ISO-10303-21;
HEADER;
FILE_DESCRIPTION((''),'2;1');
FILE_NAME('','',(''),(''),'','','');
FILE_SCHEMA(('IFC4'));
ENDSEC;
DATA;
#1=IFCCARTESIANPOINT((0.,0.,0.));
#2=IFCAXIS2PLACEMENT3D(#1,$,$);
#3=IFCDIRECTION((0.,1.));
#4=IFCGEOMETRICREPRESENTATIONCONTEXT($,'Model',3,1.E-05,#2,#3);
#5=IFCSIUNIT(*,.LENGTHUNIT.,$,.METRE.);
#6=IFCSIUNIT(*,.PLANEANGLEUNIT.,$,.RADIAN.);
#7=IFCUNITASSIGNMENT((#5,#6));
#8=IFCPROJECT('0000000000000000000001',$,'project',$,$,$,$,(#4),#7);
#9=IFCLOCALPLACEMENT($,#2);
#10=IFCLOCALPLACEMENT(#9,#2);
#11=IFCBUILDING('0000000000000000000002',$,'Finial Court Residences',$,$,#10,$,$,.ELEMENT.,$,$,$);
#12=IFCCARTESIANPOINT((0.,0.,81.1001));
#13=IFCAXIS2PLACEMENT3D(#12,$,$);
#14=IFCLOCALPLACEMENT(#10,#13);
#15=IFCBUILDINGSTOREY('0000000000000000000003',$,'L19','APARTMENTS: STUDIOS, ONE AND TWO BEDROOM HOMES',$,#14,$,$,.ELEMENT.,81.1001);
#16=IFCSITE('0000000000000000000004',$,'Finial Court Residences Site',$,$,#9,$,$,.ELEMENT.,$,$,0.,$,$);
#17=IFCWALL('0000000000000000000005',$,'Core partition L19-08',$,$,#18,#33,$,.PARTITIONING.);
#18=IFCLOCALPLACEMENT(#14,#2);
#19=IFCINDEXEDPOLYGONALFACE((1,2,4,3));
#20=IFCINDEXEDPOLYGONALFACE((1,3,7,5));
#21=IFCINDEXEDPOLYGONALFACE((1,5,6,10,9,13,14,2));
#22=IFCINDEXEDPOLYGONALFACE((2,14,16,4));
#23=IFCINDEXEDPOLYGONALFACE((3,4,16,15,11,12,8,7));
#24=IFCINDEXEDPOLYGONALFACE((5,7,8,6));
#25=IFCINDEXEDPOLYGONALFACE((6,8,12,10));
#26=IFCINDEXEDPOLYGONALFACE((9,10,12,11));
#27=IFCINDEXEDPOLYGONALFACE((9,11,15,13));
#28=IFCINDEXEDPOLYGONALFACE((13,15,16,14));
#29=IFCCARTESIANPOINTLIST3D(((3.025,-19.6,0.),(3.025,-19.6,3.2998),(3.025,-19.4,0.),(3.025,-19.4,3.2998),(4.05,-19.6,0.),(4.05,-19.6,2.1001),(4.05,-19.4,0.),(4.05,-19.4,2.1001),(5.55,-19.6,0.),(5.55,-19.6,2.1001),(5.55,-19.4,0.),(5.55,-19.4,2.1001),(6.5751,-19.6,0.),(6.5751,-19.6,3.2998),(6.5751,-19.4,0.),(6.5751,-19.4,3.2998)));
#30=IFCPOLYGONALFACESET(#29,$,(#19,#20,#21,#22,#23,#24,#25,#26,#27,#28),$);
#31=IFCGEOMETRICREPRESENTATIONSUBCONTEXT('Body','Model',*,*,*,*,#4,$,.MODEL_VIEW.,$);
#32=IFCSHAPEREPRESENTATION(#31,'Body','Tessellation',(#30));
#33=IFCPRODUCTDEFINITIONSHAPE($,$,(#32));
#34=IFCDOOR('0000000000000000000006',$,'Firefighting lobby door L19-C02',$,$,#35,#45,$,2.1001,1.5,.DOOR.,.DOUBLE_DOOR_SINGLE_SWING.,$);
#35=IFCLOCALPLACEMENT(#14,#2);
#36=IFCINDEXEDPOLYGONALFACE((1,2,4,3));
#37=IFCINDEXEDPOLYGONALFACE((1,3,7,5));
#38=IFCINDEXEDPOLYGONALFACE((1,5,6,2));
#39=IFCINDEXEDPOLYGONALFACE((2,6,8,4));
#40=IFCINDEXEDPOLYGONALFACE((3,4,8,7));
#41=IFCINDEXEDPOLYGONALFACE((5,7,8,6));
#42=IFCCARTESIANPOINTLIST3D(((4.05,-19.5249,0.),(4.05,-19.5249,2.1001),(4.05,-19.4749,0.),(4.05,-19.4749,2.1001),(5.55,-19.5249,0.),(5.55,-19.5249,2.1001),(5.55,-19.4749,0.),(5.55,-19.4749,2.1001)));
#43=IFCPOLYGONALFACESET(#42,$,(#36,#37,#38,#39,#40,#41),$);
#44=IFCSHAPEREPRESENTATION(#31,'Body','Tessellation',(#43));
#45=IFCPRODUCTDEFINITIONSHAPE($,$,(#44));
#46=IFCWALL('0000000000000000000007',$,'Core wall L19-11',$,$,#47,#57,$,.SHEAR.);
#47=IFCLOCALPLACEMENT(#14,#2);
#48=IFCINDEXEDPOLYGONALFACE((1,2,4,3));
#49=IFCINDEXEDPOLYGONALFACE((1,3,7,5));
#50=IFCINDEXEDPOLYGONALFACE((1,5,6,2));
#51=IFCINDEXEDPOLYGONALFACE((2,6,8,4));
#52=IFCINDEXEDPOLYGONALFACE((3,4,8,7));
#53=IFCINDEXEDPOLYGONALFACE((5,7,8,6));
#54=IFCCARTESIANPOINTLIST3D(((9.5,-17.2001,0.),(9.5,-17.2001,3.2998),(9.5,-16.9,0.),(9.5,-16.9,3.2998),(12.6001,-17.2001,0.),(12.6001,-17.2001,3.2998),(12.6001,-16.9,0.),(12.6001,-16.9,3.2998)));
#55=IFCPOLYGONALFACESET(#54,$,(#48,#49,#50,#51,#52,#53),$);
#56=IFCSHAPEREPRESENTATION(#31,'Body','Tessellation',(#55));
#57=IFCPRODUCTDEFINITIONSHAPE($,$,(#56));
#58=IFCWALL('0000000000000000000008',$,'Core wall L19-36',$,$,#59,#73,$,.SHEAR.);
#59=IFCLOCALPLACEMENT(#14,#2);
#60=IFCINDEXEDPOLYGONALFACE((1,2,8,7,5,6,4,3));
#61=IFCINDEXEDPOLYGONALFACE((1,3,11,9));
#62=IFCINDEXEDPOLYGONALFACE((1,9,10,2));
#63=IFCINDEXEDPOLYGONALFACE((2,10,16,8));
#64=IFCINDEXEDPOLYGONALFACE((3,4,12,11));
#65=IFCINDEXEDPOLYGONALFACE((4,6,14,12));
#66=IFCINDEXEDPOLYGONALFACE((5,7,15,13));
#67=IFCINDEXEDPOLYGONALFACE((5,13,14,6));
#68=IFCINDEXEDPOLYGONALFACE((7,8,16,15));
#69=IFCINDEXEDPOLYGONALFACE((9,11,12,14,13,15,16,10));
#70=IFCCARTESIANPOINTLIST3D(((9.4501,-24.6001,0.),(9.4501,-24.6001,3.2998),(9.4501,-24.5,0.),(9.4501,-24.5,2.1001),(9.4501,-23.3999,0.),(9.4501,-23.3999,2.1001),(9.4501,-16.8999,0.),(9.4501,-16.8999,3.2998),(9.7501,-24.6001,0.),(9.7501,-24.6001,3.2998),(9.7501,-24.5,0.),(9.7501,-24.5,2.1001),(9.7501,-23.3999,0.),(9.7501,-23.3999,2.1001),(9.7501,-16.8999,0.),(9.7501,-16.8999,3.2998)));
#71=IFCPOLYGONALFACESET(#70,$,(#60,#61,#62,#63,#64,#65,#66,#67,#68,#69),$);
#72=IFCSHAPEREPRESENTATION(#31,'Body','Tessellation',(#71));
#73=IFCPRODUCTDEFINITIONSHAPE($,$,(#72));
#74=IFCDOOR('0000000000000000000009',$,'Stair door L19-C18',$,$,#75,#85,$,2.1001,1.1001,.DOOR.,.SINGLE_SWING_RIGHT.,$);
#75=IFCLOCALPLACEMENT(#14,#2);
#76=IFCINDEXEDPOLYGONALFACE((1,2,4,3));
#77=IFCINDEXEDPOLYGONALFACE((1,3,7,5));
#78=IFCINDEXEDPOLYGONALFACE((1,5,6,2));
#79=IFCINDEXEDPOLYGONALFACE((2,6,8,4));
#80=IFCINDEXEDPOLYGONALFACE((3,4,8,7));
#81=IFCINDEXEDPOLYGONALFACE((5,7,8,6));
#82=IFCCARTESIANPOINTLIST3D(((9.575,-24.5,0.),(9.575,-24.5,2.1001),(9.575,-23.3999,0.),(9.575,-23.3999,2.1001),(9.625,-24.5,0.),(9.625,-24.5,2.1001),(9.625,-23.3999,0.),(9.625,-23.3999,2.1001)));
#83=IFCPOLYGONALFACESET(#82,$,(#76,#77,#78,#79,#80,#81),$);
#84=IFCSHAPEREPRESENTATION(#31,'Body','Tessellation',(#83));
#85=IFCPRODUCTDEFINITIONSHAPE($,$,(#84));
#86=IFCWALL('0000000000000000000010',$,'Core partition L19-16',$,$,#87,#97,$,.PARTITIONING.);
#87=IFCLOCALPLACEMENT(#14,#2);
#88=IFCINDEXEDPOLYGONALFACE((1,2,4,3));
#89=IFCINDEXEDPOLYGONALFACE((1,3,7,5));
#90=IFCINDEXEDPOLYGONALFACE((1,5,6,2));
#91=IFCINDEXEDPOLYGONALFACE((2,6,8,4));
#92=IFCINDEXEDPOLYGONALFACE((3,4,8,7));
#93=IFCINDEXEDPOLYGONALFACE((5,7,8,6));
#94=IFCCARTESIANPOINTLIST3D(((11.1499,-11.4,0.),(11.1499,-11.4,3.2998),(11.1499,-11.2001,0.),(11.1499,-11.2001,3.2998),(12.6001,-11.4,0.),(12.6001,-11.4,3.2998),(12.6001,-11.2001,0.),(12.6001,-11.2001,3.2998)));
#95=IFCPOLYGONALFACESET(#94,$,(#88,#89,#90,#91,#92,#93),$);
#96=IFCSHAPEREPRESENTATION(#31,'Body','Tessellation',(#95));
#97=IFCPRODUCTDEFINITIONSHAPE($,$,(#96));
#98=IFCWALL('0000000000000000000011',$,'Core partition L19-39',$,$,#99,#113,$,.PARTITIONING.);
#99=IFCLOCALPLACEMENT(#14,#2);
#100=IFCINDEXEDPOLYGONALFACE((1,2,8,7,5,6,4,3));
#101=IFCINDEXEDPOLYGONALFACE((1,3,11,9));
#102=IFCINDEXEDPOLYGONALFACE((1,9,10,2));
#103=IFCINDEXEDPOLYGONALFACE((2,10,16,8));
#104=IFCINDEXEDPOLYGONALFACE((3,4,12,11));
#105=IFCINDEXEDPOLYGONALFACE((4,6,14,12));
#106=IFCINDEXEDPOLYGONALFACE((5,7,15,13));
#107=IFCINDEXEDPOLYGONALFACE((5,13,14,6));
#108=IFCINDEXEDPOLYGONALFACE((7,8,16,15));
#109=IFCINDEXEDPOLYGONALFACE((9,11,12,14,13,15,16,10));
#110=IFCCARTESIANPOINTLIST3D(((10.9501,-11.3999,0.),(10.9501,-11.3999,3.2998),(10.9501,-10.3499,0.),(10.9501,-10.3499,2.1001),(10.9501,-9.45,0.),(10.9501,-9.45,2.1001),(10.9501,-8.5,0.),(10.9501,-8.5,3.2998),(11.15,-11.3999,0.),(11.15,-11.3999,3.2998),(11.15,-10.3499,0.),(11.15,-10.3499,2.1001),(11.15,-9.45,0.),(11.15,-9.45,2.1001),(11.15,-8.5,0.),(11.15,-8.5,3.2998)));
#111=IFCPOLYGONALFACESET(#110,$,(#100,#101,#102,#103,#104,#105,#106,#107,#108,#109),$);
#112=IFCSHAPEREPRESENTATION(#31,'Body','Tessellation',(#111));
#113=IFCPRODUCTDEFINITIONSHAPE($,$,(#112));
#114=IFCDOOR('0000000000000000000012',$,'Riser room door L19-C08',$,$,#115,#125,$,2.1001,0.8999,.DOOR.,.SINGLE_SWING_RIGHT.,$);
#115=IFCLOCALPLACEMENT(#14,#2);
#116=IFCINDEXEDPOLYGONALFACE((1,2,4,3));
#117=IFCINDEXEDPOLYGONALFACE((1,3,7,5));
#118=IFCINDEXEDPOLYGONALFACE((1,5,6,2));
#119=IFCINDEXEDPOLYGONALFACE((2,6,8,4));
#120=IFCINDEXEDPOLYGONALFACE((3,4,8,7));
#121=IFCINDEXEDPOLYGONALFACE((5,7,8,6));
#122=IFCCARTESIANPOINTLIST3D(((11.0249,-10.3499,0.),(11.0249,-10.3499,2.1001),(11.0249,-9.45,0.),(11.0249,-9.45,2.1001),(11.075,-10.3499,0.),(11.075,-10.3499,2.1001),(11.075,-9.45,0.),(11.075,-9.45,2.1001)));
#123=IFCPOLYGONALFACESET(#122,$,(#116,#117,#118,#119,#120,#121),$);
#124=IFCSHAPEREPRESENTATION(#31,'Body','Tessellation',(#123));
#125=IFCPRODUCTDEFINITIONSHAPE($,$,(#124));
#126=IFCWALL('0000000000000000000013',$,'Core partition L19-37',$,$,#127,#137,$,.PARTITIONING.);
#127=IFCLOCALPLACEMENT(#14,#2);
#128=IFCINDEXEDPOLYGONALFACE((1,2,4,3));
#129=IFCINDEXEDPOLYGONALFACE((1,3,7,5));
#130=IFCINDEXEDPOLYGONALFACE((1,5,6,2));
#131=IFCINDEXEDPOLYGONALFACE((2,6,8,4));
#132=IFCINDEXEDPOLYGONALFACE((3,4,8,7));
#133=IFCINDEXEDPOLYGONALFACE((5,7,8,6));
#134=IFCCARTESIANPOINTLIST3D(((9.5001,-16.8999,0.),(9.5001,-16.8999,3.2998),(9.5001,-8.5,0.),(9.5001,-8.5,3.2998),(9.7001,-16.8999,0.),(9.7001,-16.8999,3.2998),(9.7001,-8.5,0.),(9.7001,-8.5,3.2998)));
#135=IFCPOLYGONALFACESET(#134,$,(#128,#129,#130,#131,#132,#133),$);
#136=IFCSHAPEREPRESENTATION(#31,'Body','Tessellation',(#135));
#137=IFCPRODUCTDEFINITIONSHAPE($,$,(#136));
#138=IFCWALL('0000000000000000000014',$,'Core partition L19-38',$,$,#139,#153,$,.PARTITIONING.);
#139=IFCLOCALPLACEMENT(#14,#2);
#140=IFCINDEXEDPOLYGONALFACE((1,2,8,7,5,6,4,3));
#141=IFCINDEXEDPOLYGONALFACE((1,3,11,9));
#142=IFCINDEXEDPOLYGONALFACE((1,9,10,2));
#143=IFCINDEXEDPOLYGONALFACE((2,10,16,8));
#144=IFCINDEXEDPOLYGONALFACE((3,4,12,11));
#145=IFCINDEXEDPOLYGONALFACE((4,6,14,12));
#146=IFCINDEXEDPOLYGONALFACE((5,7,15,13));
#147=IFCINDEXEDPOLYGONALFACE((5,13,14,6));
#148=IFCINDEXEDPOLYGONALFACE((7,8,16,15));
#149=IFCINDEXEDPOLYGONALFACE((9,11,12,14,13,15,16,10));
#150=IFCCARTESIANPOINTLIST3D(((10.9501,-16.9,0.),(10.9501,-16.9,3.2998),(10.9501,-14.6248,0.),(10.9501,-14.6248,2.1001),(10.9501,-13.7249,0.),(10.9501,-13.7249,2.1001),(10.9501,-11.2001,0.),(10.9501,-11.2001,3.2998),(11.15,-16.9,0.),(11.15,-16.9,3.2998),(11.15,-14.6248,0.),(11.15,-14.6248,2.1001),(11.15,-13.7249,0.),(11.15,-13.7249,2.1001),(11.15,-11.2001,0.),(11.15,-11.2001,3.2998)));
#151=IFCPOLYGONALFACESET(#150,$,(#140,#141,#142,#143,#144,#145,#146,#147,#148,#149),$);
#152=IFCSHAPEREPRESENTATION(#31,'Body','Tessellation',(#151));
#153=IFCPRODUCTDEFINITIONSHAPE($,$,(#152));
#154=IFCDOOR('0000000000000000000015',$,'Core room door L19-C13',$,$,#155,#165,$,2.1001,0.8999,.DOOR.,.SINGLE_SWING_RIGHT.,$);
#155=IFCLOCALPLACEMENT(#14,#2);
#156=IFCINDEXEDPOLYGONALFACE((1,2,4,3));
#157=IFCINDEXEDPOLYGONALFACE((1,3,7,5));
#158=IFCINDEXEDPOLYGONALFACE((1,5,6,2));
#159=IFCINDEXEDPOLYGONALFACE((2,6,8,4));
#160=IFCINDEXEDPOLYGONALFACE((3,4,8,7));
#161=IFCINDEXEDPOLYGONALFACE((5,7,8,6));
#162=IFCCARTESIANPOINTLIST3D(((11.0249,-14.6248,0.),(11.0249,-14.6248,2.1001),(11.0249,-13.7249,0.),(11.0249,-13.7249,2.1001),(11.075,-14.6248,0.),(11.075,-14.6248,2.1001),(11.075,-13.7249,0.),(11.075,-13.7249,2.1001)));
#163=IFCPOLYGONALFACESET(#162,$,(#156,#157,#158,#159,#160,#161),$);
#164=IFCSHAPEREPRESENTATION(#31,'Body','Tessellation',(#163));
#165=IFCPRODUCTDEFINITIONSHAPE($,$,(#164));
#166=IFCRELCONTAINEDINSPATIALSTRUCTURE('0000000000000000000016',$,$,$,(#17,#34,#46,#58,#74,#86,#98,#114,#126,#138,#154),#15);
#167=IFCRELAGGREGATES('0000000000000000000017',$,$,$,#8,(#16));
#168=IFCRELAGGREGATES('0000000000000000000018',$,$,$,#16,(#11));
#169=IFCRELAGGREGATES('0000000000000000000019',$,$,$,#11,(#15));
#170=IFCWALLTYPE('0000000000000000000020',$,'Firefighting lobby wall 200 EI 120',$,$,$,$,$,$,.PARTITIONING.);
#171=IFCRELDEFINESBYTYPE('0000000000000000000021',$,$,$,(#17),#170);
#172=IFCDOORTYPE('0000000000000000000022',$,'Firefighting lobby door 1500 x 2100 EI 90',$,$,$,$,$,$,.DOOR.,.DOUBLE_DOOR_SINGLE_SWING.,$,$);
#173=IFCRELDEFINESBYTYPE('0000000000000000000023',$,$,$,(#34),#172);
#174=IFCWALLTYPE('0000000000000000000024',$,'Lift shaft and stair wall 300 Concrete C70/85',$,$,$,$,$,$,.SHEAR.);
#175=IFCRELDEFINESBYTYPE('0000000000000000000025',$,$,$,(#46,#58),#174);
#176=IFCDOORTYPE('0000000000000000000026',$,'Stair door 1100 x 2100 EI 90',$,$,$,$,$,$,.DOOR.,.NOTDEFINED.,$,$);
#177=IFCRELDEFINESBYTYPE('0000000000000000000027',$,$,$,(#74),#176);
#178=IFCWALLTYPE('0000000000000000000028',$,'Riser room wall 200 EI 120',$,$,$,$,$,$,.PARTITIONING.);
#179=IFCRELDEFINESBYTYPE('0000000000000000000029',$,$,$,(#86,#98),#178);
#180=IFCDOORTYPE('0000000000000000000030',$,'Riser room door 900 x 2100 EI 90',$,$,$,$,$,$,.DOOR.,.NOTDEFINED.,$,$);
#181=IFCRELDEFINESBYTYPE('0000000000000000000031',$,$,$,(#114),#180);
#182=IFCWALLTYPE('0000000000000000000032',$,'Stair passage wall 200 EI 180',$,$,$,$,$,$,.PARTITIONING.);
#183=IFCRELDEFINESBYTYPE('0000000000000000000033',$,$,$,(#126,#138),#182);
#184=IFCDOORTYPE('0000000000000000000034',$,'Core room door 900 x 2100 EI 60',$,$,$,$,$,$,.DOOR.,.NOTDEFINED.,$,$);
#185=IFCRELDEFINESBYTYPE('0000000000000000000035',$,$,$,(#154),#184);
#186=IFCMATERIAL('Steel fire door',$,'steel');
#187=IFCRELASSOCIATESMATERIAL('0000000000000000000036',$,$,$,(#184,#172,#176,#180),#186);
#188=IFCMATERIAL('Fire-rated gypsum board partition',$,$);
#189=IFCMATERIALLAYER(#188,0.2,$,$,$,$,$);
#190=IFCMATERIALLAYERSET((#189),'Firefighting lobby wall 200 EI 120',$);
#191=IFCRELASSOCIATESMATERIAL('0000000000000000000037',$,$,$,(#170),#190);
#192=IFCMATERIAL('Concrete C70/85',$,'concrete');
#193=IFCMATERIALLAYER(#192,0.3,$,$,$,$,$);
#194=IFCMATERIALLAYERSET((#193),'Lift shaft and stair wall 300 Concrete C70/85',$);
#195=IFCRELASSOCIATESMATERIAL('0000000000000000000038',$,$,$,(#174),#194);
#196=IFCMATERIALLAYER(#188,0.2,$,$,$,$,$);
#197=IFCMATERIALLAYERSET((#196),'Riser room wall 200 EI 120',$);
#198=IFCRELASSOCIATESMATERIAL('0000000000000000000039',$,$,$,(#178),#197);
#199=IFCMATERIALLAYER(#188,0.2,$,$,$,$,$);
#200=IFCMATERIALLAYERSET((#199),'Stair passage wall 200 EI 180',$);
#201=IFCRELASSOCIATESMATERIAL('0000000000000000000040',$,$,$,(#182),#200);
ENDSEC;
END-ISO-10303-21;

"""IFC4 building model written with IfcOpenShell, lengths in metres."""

from ifc_helpers import new_model, si_unit, direction, frame, frame_2d, origin, place, context, subcontext, project, spatial, rectangle, extrude, material, layer, layer_set, type_object, element, fill, save


model = new_model("IFC4")

# Units and contexts
model_context = context("Model", 3, precision=1e-05, world=origin(), true_north=direction((0.0, 1.0)))
body_context = subcontext(model_context, "Body", "Model", "MODEL_VIEW")
ifc_project = project(units=[si_unit("LENGTHUNIT", "METRE"), si_unit("PLANEANGLEUNIT", "RADIAN")], contexts=[model_context])

# Site, building, storey
site_placement = place(None, origin())
site = spatial("IfcSite", under=ifc_project, at=site_placement, Name="Finial Court Residences Site", CompositionType="ELEMENT", RefElevation=0.0)
building_placement = place(site_placement, origin())
building = spatial("IfcBuilding", under=site, at=building_placement, Name="Finial Court Residences", CompositionType="ELEMENT")
storey_placement = place(building_placement, frame((0.0, 0.0, 81.1001)))
storey = spatial("IfcBuildingStorey", under=building, at=storey_placement, Name="L19", Description="APARTMENTS: STUDIOS, ONE AND TWO BEDROOM HOMES", CompositionType="ELEMENT", Elevation=81.1001)

# Shared definitions
ifc_material_1 = material(Name="Concrete C70/85", Category="concrete")

# Shared definitions
ifc_material_2 = material(Name="Fire-rated gypsum board partition")

# Shared definitions
ifc_material_3 = material(Name="Steel fire door", Category="steel")

# Shared definitions
door_type_1 = type_object("IfcDoorType", Name="Core room door 900 x 2100 EI 60", OperationType="NOTDEFINED", PredefinedType="DOOR", material=ifc_material_3)

# Wall, opening, door
ifc_layer_1 = layer(ifc_material_2, 0.2)
ifc_layer_set_1 = layer_set([ifc_layer_1], Name="Firefighting lobby wall 200 EI 120")
wall_type_1 = type_object("IfcWallType", Name="Firefighting lobby wall 200 EI 120", PredefinedType="PARTITIONING", material=ifc_layer_set_1)
wall_1_placement = place(storey_placement, frame((6.575, -19.5, 0.0), z_axis=(0.0, 0.0, 1.0), x_axis=(-1.0, 0.0, 0.0)))
wall_1 = element("IfcWall", 1, at=wall_1_placement, inside=storey, type_object=wall_type_1, Name="Core partition L19-08", PredefinedType="PARTITIONING", context=body_context, shape_type="SweptSolid", body=[
    extrude(rectangle(XDim=3.55, YDim=0.2, at=frame_2d((1.7749, 0.0))), origin(), (0.0, 0.0, 1.0), 3.2998),
])
opening_1_placement = place(wall_1_placement, frame((1.0249, 0.0, 0.0)))
opening_1 = element("IfcOpeningElement", 2, at=opening_1_placement, cuts=wall_1, PredefinedType="OPENING", context=body_context, shape_type="SweptSolid", body=[
    extrude(rectangle(XDim=1.5, YDim=2.1001, at=frame_2d((0.75, 1.05))), frame((0.0, 0.1099, 0.0), z_axis=(0.0, -1.0, 0.0), x_axis=(1.0, 0.0, 0.0)), (0.0, 0.0, 1.0), 0.22),
])
door_type_2 = type_object("IfcDoorType", Name="Firefighting lobby door 1500 x 2100 EI 90", OperationType="DOUBLE_DOOR_SINGLE_SWING", PredefinedType="DOOR", material=ifc_material_3)
door_1_placement = place(opening_1_placement, origin())
door_1 = element("IfcDoor", 3, at=door_1_placement, inside=storey, type_object=door_type_2, Name="Firefighting lobby door L19-C02", OperationType="DOUBLE_DOOR_SINGLE_SWING", OverallHeight=2.1001, OverallWidth=1.5, PredefinedType="DOOR", context=body_context, shape_type="SweptSolid", body=[
    extrude(rectangle(XDim=1.5, YDim=2.1001, at=frame_2d((0.75, 1.05))), frame((0.0, 0.0249, 0.0), z_axis=(0.0, -1.0, 0.0), x_axis=(1.0, 0.0, 0.0)), (0.0, 0.0, 1.0), 0.05),
])
fill(opening_1, door_1)

# Wall
ifc_layer_2 = layer(ifc_material_1, 0.3)
ifc_layer_set_2 = layer_set([ifc_layer_2], Name="Lift shaft and stair wall 300 Concrete C70/85")
wall_type_2 = type_object("IfcWallType", Name="Lift shaft and stair wall 300 Concrete C70/85", PredefinedType="SHEAR", material=ifc_layer_set_2)
wall_2_placement = place(storey_placement, frame((9.5, -17.05, 0.0), z_axis=(0.0, 0.0, 1.0), x_axis=(1.0, 0.0, 0.0)))
element("IfcWall", 4, at=wall_2_placement, inside=storey, type_object=wall_type_2, Name="Core wall L19-11", PredefinedType="SHEAR", context=body_context, shape_type="SweptSolid", body=[
    extrude(rectangle(XDim=3.1001, YDim=0.3, at=frame_2d((1.55, 0.0))), origin(), (0.0, 0.0, 1.0), 3.2998),
])

# Wall, opening, door
wall_3_placement = place(storey_placement, frame((9.6001, -16.8999, 0.0), z_axis=(0.0, 0.0, 1.0), x_axis=(0.0, -1.0, 0.0)))
wall_3 = element("IfcWall", 5, at=wall_3_placement, inside=storey, type_object=wall_type_2, Name="Core wall L19-36", PredefinedType="SHEAR", context=body_context, shape_type="SweptSolid", body=[
    extrude(rectangle(XDim=7.7002, YDim=0.3, at=frame_2d((3.8501, 0.0))), origin(), (0.0, 0.0, 1.0), 3.2998),
])
opening_2_placement = place(wall_3_placement, frame((6.5, 0.0, 0.0)))
opening_2 = element("IfcOpeningElement", 6, at=opening_2_placement, cuts=wall_3, PredefinedType="OPENING", context=body_context, shape_type="SweptSolid", body=[
    extrude(rectangle(XDim=1.1001, YDim=2.1001, at=frame_2d((0.55, 1.05))), frame((0.0, 0.1599, 0.0), z_axis=(0.0, -1.0, 0.0), x_axis=(1.0, 0.0, 0.0)), (0.0, 0.0, 1.0), 0.3201),
])
door_type_3 = type_object("IfcDoorType", Name="Stair door 1100 x 2100 EI 90", OperationType="NOTDEFINED", PredefinedType="DOOR", material=ifc_material_3)
door_2_placement = place(opening_2_placement, origin())
door_2 = element("IfcDoor", 7, at=door_2_placement, inside=storey, type_object=door_type_3, Name="Stair door L19-C18", OperationType="SINGLE_SWING_RIGHT", OverallHeight=2.1001, OverallWidth=1.1001, PredefinedType="DOOR", context=body_context, shape_type="SweptSolid", body=[
    extrude(rectangle(XDim=1.1001, YDim=2.1001, at=frame_2d((0.55, 1.05))), frame((0.0, 0.0249, 0.0), z_axis=(0.0, -1.0, 0.0), x_axis=(1.0, 0.0, 0.0)), (0.0, 0.0, 1.0), 0.05),
])
fill(opening_2, door_2)

# Wall
ifc_layer_3 = layer(ifc_material_2, 0.2)
ifc_layer_set_3 = layer_set([ifc_layer_3], Name="Riser room wall 200 EI 120")
wall_type_3 = type_object("IfcWallType", Name="Riser room wall 200 EI 120", PredefinedType="PARTITIONING", material=ifc_layer_set_3)
wall_4_placement = place(storey_placement, frame((11.1499, -11.3, 0.0), z_axis=(0.0, 0.0, 1.0), x_axis=(1.0, 0.0, 0.0)))
element("IfcWall", 8, at=wall_4_placement, inside=storey, type_object=wall_type_3, Name="Core partition L19-16", PredefinedType="PARTITIONING", context=body_context, shape_type="SweptSolid", body=[
    extrude(rectangle(XDim=1.4502, YDim=0.2, at=frame_2d((0.7251, 0.0))), origin(), (0.0, 0.0, 1.0), 3.2998),
])

# Wall, opening, door
wall_5_placement = place(storey_placement, frame((11.05, -8.5, 0.0), z_axis=(0.0, 0.0, 1.0), x_axis=(0.0, -1.0, 0.0)))
wall_5 = element("IfcWall", 9, at=wall_5_placement, inside=storey, type_object=wall_type_3, Name="Core partition L19-39", PredefinedType="PARTITIONING", context=body_context, shape_type="SweptSolid", body=[
    extrude(rectangle(XDim=2.8999, YDim=0.2, at=frame_2d((1.45, 0.0))), origin(), (0.0, 0.0, 1.0), 3.2998),
])
opening_3_placement = place(wall_5_placement, frame((0.95, 0.0, 0.0)))
opening_3 = element("IfcOpeningElement", 10, at=opening_3_placement, cuts=wall_5, PredefinedType="OPENING", context=body_context, shape_type="SweptSolid", body=[
    extrude(rectangle(XDim=0.8999, YDim=2.1001, at=frame_2d((0.45, 1.05))), frame((0.0, 0.1099, 0.0), z_axis=(0.0, -1.0, 0.0), x_axis=(1.0, 0.0, 0.0)), (0.0, 0.0, 1.0), 0.22),
])
door_type_4 = type_object("IfcDoorType", Name="Riser room door 900 x 2100 EI 90", OperationType="NOTDEFINED", PredefinedType="DOOR", material=ifc_material_3)
door_3_placement = place(opening_3_placement, origin())
door_3 = element("IfcDoor", 11, at=door_3_placement, inside=storey, type_object=door_type_4, Name="Riser room door L19-C08", OperationType="SINGLE_SWING_RIGHT", OverallHeight=2.1001, OverallWidth=0.8999, PredefinedType="DOOR", context=body_context, shape_type="SweptSolid", body=[
    extrude(rectangle(XDim=0.8999, YDim=2.1001, at=frame_2d((0.45, 1.05))), frame((0.0, 0.0249, 0.0), z_axis=(0.0, -1.0, 0.0), x_axis=(1.0, 0.0, 0.0)), (0.0, 0.0, 1.0), 0.05),
])
fill(opening_3, door_3)

# Wall
ifc_layer_4 = layer(ifc_material_2, 0.2)
ifc_layer_set_4 = layer_set([ifc_layer_4], Name="Stair passage wall 200 EI 180")
wall_type_4 = type_object("IfcWallType", Name="Stair passage wall 200 EI 180", PredefinedType="PARTITIONING", material=ifc_layer_set_4)
wall_6_placement = place(storey_placement, frame((9.6001, -16.8999, 0.0), z_axis=(0.0, 0.0, 1.0), x_axis=(0.0, 1.0, 0.0)))
element("IfcWall", 12, at=wall_6_placement, inside=storey, type_object=wall_type_4, Name="Core partition L19-37", PredefinedType="PARTITIONING", context=body_context, shape_type="SweptSolid", body=[
    extrude(rectangle(XDim=8.3999, YDim=0.2, at=frame_2d((4.2, 0.0))), origin(), (0.0, 0.0, 1.0), 3.2998),
])

# Wall, opening, door
wall_7_placement = place(storey_placement, frame((11.05, -11.2, 0.0), z_axis=(0.0, 0.0, 1.0), x_axis=(0.0, -1.0, 0.0)))
wall_7 = element("IfcWall", 13, at=wall_7_placement, inside=storey, type_object=wall_type_4, Name="Core partition L19-38", PredefinedType="PARTITIONING", context=body_context, shape_type="SweptSolid", body=[
    extrude(rectangle(XDim=5.7, YDim=0.2, at=frame_2d((2.8501, 0.0))), origin(), (0.0, 0.0, 1.0), 3.2998),
])
opening_4_placement = place(wall_7_placement, frame((2.5249, 0.0, 0.0)))
opening_4 = element("IfcOpeningElement", 14, at=opening_4_placement, cuts=wall_7, PredefinedType="OPENING", context=body_context, shape_type="SweptSolid", body=[
    extrude(rectangle(XDim=0.8999, YDim=2.1001, at=frame_2d((0.45, 1.05))), frame((0.0, 0.1099, 0.0), z_axis=(0.0, -1.0, 0.0), x_axis=(1.0, 0.0, 0.0)), (0.0, 0.0, 1.0), 0.22),
])
door_4_placement = place(opening_4_placement, origin())
door_4 = element("IfcDoor", 15, at=door_4_placement, inside=storey, type_object=door_type_1, Name="Core room door L19-C13", OperationType="SINGLE_SWING_RIGHT", OverallHeight=2.1001, OverallWidth=0.8999, PredefinedType="DOOR", context=body_context, shape_type="SweptSolid", body=[
    extrude(rectangle(XDim=0.8999, YDim=2.1001, at=frame_2d((0.45, 1.05))), frame((0.0, 0.0249, 0.0), z_axis=(0.0, -1.0, 0.0), x_axis=(1.0, 0.0, 0.0)), (0.0, 0.0, 1.0), 0.05),
])
fill(opening_4, door_4)

save(model, "model.ifc")
